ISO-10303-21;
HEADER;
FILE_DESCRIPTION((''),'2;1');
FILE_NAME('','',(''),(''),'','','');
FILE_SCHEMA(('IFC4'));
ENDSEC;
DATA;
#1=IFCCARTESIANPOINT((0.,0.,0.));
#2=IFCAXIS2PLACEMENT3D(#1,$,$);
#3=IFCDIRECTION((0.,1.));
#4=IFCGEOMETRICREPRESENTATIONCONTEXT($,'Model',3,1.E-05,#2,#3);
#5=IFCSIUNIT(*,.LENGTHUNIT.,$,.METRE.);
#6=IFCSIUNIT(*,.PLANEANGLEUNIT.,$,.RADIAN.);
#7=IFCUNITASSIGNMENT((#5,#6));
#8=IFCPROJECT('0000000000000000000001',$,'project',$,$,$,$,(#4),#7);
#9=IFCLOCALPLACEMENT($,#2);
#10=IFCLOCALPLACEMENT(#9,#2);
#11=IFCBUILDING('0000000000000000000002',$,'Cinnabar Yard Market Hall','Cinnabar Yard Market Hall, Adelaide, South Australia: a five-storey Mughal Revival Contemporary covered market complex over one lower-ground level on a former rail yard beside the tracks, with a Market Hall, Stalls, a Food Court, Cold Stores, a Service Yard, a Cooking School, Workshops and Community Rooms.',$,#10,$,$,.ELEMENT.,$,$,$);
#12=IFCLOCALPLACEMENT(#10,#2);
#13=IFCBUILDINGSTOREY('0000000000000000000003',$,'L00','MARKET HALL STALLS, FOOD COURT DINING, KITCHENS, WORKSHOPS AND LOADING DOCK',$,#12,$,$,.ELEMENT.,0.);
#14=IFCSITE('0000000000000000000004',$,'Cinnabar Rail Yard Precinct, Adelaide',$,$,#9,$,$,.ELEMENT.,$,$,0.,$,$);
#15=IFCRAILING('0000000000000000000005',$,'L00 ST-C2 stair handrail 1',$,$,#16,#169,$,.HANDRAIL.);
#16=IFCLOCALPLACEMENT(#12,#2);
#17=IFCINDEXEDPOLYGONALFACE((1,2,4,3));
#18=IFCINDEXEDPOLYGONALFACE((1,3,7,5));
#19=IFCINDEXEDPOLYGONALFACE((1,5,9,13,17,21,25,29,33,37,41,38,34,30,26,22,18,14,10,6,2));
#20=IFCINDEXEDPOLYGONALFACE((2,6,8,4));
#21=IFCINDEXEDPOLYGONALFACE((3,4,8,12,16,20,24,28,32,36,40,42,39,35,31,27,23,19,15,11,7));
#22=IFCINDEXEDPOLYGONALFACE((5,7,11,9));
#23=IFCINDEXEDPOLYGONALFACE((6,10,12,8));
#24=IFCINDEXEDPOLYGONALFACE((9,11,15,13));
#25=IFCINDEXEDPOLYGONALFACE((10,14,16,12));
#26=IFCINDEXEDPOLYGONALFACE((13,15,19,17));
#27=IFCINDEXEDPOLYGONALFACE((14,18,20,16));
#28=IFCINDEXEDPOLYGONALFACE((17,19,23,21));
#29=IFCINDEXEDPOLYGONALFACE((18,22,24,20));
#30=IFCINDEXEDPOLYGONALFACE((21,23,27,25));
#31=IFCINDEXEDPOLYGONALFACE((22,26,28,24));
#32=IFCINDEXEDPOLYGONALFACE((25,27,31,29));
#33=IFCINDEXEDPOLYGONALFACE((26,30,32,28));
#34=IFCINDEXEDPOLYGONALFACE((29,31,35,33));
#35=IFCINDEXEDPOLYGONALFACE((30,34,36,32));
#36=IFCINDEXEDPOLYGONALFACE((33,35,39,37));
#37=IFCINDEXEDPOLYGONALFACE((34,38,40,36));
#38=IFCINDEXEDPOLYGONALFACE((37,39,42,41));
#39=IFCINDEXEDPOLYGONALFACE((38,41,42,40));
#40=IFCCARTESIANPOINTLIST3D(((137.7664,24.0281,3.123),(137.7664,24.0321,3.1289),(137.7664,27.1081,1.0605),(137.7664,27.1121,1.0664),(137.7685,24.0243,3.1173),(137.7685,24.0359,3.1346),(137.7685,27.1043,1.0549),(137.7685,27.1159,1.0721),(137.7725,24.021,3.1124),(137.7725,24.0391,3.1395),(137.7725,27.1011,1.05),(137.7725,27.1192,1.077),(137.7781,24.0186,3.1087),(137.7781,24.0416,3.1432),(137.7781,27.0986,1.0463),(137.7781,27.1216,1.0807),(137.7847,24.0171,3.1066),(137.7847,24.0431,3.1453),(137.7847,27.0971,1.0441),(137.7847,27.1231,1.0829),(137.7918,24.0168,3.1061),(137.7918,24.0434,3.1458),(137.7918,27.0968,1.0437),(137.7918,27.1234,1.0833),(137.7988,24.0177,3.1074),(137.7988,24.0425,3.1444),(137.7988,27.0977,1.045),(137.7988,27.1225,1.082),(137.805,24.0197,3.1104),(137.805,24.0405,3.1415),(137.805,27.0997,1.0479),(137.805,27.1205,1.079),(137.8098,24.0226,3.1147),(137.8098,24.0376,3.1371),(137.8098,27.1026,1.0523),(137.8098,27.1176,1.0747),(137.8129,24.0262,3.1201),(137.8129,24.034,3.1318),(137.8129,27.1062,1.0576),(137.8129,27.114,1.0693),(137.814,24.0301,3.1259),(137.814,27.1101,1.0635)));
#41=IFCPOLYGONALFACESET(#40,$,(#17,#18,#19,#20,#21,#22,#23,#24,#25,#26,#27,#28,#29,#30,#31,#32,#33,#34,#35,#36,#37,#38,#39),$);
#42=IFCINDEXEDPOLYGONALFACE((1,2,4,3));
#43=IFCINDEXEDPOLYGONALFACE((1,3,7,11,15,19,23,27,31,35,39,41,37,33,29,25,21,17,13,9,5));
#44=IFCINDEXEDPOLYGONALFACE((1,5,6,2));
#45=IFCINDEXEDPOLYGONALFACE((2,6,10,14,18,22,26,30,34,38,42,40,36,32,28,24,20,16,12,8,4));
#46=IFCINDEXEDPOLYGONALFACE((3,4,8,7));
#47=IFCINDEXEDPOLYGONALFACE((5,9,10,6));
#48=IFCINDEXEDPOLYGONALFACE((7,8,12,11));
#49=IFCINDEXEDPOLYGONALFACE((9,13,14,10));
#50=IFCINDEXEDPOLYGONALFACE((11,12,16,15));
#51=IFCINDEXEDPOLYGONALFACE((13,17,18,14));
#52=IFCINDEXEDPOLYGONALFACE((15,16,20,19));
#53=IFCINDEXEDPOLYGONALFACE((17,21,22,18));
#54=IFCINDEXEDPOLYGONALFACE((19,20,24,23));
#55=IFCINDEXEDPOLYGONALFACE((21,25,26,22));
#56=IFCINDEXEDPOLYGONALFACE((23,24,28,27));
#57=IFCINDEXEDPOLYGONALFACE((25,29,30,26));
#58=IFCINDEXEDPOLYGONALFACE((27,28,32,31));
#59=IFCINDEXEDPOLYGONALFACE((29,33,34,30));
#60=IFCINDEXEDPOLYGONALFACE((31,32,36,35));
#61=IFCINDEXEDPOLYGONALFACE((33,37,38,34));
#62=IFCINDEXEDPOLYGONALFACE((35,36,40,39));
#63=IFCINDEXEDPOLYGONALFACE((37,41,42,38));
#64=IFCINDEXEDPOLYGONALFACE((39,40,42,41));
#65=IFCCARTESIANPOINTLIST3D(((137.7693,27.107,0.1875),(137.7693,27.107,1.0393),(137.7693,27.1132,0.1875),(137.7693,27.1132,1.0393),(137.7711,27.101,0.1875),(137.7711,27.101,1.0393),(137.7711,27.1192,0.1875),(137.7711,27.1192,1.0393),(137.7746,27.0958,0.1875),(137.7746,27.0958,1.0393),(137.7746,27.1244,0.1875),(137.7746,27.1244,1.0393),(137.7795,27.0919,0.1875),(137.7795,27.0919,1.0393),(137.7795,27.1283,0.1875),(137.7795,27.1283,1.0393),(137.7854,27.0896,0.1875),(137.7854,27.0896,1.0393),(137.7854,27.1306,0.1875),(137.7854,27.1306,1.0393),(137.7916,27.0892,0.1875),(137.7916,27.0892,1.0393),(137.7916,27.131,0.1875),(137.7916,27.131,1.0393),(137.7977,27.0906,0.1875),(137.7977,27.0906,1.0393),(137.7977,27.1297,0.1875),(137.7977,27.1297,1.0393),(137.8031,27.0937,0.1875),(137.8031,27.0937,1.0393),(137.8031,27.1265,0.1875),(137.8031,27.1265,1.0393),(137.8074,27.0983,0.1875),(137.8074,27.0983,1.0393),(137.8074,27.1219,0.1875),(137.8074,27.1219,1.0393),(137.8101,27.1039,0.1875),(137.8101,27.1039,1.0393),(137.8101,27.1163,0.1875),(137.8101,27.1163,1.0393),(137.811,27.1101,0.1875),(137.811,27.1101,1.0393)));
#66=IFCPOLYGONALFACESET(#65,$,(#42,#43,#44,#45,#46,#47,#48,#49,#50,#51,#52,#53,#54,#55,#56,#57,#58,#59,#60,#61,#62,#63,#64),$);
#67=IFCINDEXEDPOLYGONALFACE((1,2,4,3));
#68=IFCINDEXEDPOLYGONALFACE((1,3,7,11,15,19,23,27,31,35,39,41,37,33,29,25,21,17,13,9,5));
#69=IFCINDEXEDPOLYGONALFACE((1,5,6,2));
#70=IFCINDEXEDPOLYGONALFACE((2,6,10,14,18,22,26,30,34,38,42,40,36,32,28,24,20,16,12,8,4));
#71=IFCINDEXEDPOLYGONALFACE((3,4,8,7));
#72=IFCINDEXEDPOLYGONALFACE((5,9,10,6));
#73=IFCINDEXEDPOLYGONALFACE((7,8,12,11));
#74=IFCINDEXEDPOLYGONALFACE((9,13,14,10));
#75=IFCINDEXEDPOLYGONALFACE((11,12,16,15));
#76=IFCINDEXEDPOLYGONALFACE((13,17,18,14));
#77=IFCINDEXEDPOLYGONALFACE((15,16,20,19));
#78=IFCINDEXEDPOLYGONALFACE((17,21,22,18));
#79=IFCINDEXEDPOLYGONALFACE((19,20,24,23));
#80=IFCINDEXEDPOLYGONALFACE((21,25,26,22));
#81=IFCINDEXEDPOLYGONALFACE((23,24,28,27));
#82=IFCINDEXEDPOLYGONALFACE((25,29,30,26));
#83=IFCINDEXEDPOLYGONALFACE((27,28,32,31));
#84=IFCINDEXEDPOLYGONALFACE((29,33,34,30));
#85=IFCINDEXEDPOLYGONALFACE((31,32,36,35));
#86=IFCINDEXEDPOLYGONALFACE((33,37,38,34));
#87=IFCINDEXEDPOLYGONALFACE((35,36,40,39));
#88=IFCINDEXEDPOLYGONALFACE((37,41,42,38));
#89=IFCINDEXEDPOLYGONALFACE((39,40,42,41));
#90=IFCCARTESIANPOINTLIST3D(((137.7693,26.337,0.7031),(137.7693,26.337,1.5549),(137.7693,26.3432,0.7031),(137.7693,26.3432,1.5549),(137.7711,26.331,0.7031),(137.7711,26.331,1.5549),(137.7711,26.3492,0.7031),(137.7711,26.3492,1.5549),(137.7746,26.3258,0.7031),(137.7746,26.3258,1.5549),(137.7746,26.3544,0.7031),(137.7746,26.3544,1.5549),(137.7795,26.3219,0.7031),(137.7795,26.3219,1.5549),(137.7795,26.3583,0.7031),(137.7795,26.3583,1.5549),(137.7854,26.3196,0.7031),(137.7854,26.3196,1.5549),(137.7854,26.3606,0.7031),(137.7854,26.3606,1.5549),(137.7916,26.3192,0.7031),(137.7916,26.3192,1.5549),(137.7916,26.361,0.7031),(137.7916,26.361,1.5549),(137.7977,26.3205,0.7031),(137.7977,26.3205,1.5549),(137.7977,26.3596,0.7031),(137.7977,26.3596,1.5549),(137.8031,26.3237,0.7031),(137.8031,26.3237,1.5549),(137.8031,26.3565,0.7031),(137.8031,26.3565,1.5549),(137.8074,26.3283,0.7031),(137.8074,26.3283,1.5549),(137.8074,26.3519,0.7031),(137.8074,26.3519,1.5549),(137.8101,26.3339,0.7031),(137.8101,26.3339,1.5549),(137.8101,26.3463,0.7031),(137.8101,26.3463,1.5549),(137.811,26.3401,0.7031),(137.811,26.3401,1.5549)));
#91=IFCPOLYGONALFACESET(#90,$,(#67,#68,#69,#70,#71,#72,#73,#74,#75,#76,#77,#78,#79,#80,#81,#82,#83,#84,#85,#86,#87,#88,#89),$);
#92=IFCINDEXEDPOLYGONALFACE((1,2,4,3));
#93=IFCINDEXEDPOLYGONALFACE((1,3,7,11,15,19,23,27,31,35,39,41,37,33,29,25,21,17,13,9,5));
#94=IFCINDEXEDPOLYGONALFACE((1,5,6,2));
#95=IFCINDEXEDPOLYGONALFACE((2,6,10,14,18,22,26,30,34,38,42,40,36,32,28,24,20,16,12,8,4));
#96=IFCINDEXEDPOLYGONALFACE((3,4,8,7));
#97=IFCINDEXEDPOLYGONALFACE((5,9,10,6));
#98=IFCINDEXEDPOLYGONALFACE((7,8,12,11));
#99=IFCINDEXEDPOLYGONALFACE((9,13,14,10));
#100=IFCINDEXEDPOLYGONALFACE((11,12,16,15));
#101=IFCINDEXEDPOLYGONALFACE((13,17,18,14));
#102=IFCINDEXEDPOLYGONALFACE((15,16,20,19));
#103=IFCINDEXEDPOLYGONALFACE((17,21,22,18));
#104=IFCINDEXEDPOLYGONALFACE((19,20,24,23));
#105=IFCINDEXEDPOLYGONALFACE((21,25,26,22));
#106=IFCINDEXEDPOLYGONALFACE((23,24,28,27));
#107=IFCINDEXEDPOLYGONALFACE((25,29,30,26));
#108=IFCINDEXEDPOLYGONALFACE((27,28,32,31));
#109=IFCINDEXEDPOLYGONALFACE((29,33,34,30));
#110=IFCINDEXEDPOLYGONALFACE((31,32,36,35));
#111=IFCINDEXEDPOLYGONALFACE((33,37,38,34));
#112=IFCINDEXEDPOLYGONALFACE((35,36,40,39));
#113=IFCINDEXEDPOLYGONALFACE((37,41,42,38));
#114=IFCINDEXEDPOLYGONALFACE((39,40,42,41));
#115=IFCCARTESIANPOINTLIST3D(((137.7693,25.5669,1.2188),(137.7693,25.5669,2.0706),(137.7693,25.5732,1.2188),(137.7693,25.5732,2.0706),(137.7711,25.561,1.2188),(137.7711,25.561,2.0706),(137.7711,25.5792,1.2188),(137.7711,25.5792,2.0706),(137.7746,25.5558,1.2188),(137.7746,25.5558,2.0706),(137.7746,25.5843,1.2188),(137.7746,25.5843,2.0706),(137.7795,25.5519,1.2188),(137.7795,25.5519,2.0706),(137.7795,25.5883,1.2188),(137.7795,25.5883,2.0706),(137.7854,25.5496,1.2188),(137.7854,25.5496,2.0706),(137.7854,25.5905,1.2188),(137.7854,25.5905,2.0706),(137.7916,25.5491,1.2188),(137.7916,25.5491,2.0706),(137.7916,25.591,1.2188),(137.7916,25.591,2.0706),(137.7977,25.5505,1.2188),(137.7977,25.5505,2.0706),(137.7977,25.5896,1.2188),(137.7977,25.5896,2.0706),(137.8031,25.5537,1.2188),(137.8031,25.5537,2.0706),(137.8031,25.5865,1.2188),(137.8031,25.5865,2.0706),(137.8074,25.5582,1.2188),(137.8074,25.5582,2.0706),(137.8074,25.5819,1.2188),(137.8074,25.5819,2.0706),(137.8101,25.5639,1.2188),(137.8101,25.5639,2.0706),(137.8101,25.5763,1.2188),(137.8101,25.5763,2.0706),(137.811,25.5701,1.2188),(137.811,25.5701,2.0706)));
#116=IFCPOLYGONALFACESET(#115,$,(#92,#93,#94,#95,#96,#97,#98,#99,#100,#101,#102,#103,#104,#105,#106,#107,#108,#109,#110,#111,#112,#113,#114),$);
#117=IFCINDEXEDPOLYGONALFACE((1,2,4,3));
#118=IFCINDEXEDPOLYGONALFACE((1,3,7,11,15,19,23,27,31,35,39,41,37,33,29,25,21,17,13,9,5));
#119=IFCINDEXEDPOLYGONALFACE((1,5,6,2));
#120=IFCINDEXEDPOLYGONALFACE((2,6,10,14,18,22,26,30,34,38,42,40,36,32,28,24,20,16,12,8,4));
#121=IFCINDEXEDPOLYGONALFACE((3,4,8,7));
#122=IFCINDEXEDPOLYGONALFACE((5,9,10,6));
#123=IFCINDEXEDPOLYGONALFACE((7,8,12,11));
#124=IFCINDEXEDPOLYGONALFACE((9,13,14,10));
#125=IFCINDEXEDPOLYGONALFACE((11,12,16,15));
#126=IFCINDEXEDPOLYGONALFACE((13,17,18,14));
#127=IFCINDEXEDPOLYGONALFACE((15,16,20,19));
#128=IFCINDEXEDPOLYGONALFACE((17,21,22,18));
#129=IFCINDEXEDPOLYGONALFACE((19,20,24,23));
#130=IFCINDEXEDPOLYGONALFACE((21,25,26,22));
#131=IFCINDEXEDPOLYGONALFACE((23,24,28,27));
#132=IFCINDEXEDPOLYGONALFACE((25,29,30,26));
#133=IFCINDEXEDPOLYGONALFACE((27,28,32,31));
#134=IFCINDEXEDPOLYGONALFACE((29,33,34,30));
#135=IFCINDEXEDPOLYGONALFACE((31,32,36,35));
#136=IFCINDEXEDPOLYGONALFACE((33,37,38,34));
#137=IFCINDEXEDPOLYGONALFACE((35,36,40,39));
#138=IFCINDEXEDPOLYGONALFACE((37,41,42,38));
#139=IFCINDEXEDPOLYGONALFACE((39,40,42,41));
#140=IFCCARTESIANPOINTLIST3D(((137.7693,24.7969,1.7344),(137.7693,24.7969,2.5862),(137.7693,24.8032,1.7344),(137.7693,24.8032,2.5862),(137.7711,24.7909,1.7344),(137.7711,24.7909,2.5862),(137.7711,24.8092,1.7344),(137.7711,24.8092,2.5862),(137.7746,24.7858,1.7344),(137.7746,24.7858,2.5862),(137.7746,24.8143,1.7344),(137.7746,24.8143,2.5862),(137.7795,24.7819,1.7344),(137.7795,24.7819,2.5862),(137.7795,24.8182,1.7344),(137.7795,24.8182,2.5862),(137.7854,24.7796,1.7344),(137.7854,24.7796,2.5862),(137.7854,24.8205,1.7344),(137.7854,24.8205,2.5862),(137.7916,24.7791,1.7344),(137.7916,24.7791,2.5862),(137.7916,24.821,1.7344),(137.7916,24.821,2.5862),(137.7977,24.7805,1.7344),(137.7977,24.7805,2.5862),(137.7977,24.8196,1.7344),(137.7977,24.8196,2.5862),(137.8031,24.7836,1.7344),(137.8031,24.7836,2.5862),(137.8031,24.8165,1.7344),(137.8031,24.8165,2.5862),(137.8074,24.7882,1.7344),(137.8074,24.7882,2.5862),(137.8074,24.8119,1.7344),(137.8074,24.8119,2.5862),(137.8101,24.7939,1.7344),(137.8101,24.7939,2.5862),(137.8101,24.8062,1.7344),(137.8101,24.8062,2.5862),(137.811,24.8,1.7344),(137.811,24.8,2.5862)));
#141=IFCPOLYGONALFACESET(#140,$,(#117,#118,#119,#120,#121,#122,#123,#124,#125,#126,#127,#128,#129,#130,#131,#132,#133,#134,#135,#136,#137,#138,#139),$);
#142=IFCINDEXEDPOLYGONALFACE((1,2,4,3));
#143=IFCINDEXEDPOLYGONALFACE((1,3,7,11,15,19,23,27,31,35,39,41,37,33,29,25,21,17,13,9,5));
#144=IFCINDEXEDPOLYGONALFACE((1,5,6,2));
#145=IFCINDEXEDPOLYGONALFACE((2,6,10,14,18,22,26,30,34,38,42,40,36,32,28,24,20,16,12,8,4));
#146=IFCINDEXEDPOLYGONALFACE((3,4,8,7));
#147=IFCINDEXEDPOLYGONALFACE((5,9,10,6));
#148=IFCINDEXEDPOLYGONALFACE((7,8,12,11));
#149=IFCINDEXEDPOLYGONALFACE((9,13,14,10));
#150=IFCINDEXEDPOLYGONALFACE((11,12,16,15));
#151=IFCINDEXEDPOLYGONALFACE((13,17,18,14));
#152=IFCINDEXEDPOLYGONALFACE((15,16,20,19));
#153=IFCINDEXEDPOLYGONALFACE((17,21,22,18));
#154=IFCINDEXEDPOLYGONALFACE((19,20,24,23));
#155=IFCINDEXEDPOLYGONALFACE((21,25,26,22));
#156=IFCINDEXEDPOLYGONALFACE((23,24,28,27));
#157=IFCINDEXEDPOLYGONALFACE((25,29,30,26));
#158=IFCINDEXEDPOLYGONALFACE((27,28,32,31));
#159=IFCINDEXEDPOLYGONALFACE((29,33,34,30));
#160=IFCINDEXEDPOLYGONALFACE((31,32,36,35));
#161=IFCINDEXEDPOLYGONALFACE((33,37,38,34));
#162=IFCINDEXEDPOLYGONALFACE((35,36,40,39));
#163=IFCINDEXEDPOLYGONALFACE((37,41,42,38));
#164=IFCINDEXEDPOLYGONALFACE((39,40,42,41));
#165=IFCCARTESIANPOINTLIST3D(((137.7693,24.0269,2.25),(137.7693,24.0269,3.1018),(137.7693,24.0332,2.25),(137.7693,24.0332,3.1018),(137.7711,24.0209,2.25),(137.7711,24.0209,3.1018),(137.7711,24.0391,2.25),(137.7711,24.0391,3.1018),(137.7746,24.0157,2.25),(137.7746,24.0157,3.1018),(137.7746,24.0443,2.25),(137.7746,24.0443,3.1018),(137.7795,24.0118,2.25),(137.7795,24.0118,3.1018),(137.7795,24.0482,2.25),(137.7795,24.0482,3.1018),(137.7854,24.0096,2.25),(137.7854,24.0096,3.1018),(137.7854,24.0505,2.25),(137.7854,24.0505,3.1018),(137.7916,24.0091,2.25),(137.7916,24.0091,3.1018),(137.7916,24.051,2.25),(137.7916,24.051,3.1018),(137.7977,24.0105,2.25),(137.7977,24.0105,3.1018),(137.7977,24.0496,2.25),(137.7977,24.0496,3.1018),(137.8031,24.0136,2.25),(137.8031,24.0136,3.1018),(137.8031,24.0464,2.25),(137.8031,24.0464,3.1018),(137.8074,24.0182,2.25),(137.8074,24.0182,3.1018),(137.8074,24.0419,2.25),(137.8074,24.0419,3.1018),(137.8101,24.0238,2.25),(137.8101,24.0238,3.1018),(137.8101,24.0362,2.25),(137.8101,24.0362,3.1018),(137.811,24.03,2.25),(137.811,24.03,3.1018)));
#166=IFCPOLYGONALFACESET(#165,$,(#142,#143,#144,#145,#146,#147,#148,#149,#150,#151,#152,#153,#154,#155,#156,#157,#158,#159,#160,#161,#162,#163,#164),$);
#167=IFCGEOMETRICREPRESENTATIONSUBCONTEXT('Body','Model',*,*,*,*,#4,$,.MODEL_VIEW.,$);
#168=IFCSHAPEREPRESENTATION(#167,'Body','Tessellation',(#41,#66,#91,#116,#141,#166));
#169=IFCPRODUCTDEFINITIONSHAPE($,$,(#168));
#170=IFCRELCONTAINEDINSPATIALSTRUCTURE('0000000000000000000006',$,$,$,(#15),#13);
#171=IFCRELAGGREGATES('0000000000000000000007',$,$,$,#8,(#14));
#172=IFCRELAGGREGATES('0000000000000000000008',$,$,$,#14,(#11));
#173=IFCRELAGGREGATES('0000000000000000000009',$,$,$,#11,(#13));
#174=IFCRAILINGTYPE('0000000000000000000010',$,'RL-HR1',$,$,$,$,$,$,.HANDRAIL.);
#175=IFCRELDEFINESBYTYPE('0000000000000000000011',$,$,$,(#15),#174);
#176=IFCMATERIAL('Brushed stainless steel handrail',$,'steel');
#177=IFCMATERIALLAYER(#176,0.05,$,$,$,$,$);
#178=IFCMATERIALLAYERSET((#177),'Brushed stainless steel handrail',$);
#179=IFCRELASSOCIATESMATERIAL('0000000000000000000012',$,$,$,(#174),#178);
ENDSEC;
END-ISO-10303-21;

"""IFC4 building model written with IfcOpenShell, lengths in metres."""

from ifc_helpers import new_model, si_unit, direction, frame, origin, origin_2d_with_axis, place, context, subcontext, project, spatial, circle, extrude, material, layer, layer_set, type_object, element, save


model = new_model("IFC4")

# Units and contexts
model_context = context("Model", 3, precision=1e-05, world=origin(), true_north=direction((0.0, 1.0)))
body_context = subcontext(model_context, "Body", "Model", "MODEL_VIEW")
ifc_project = project(units=[si_unit("LENGTHUNIT", "METRE"), si_unit("PLANEANGLEUNIT", "RADIAN")], contexts=[model_context])

# Site, building, storey
site_placement = place(None, origin())
site = spatial("IfcSite", under=ifc_project, at=site_placement, Name="Cinnabar Rail Yard Precinct, Adelaide", CompositionType="ELEMENT", RefElevation=0.0)
building_placement = place(site_placement, origin())
building = spatial("IfcBuilding", under=site, at=building_placement, Name="Cinnabar Yard Market Hall", Description="Cinnabar Yard Market Hall, Adelaide, South Australia: a five-storey Mughal Revival Contemporary covered market complex over one lower-ground level on a former rail yard beside the tracks, with a Market Hall, Stalls, a Food Court, Cold Stores, a Service Yard, a Cooking School, Workshops and Community Rooms.", CompositionType="ELEMENT")
storey_placement = place(building_placement, origin())
storey = spatial("IfcBuildingStorey", under=building, at=storey_placement, Name="L00", Description="MARKET HALL STALLS, FOOD COURT DINING, KITCHENS, WORKSHOPS AND LOADING DOCK", CompositionType="ELEMENT", Elevation=0.0)

# Railing
ifc_material_1 = material(Name="Brushed stainless steel handrail", Category="steel")
ifc_layer_1 = layer(ifc_material_1, 0.05)
ifc_layer_set_1 = layer_set([ifc_layer_1], Name="Brushed stainless steel handrail")
railing_type_1 = type_object("IfcRailingType", Name="RL-HR1", PredefinedType="HANDRAIL", material=ifc_layer_set_1)
railing_1_placement = place(storey_placement, frame((137.79, 27.1101, 0.1875)))
element("IfcRailing", 1, at=railing_1_placement, inside=storey, type_object=railing_type_1, Name="L00 ST-C2 stair handrail 1", PredefinedType="HANDRAIL", context=body_context, shape_type="SweptSolid", body=[
    extrude(circle(Radius=0.0239, at=origin_2d_with_axis()), frame((0.0, 0.0, 0.876), z_axis=(0.0, -0.830914, 0.556401), x_axis=(1.0, 0.0, 0.0)), (0.0, 0.0, 1.0), 3.7068),
    extrude(circle(Radius=0.021, at=origin_2d_with_axis()), origin(), (0.0, 0.0, 1.0), 0.8518),
    extrude(circle(Radius=0.021, at=origin_2d_with_axis()), frame((0.0, -0.77, 0.5156)), (0.0, 0.0, 1.0), 0.8518),
    extrude(circle(Radius=0.021, at=origin_2d_with_axis()), frame((0.0, -1.54, 1.0312)), (0.0, 0.0, 1.0), 0.8518),
    extrude(circle(Radius=0.021, at=origin_2d_with_axis()), frame((0.0, -2.3101, 1.5469)), (0.0, 0.0, 1.0), 0.8518),
    extrude(circle(Radius=0.021, at=origin_2d_with_axis()), frame((0.0, -3.0801, 2.0625)), (0.0, 0.0, 1.0), 0.8518),
])

save(model, "model.ifc")
